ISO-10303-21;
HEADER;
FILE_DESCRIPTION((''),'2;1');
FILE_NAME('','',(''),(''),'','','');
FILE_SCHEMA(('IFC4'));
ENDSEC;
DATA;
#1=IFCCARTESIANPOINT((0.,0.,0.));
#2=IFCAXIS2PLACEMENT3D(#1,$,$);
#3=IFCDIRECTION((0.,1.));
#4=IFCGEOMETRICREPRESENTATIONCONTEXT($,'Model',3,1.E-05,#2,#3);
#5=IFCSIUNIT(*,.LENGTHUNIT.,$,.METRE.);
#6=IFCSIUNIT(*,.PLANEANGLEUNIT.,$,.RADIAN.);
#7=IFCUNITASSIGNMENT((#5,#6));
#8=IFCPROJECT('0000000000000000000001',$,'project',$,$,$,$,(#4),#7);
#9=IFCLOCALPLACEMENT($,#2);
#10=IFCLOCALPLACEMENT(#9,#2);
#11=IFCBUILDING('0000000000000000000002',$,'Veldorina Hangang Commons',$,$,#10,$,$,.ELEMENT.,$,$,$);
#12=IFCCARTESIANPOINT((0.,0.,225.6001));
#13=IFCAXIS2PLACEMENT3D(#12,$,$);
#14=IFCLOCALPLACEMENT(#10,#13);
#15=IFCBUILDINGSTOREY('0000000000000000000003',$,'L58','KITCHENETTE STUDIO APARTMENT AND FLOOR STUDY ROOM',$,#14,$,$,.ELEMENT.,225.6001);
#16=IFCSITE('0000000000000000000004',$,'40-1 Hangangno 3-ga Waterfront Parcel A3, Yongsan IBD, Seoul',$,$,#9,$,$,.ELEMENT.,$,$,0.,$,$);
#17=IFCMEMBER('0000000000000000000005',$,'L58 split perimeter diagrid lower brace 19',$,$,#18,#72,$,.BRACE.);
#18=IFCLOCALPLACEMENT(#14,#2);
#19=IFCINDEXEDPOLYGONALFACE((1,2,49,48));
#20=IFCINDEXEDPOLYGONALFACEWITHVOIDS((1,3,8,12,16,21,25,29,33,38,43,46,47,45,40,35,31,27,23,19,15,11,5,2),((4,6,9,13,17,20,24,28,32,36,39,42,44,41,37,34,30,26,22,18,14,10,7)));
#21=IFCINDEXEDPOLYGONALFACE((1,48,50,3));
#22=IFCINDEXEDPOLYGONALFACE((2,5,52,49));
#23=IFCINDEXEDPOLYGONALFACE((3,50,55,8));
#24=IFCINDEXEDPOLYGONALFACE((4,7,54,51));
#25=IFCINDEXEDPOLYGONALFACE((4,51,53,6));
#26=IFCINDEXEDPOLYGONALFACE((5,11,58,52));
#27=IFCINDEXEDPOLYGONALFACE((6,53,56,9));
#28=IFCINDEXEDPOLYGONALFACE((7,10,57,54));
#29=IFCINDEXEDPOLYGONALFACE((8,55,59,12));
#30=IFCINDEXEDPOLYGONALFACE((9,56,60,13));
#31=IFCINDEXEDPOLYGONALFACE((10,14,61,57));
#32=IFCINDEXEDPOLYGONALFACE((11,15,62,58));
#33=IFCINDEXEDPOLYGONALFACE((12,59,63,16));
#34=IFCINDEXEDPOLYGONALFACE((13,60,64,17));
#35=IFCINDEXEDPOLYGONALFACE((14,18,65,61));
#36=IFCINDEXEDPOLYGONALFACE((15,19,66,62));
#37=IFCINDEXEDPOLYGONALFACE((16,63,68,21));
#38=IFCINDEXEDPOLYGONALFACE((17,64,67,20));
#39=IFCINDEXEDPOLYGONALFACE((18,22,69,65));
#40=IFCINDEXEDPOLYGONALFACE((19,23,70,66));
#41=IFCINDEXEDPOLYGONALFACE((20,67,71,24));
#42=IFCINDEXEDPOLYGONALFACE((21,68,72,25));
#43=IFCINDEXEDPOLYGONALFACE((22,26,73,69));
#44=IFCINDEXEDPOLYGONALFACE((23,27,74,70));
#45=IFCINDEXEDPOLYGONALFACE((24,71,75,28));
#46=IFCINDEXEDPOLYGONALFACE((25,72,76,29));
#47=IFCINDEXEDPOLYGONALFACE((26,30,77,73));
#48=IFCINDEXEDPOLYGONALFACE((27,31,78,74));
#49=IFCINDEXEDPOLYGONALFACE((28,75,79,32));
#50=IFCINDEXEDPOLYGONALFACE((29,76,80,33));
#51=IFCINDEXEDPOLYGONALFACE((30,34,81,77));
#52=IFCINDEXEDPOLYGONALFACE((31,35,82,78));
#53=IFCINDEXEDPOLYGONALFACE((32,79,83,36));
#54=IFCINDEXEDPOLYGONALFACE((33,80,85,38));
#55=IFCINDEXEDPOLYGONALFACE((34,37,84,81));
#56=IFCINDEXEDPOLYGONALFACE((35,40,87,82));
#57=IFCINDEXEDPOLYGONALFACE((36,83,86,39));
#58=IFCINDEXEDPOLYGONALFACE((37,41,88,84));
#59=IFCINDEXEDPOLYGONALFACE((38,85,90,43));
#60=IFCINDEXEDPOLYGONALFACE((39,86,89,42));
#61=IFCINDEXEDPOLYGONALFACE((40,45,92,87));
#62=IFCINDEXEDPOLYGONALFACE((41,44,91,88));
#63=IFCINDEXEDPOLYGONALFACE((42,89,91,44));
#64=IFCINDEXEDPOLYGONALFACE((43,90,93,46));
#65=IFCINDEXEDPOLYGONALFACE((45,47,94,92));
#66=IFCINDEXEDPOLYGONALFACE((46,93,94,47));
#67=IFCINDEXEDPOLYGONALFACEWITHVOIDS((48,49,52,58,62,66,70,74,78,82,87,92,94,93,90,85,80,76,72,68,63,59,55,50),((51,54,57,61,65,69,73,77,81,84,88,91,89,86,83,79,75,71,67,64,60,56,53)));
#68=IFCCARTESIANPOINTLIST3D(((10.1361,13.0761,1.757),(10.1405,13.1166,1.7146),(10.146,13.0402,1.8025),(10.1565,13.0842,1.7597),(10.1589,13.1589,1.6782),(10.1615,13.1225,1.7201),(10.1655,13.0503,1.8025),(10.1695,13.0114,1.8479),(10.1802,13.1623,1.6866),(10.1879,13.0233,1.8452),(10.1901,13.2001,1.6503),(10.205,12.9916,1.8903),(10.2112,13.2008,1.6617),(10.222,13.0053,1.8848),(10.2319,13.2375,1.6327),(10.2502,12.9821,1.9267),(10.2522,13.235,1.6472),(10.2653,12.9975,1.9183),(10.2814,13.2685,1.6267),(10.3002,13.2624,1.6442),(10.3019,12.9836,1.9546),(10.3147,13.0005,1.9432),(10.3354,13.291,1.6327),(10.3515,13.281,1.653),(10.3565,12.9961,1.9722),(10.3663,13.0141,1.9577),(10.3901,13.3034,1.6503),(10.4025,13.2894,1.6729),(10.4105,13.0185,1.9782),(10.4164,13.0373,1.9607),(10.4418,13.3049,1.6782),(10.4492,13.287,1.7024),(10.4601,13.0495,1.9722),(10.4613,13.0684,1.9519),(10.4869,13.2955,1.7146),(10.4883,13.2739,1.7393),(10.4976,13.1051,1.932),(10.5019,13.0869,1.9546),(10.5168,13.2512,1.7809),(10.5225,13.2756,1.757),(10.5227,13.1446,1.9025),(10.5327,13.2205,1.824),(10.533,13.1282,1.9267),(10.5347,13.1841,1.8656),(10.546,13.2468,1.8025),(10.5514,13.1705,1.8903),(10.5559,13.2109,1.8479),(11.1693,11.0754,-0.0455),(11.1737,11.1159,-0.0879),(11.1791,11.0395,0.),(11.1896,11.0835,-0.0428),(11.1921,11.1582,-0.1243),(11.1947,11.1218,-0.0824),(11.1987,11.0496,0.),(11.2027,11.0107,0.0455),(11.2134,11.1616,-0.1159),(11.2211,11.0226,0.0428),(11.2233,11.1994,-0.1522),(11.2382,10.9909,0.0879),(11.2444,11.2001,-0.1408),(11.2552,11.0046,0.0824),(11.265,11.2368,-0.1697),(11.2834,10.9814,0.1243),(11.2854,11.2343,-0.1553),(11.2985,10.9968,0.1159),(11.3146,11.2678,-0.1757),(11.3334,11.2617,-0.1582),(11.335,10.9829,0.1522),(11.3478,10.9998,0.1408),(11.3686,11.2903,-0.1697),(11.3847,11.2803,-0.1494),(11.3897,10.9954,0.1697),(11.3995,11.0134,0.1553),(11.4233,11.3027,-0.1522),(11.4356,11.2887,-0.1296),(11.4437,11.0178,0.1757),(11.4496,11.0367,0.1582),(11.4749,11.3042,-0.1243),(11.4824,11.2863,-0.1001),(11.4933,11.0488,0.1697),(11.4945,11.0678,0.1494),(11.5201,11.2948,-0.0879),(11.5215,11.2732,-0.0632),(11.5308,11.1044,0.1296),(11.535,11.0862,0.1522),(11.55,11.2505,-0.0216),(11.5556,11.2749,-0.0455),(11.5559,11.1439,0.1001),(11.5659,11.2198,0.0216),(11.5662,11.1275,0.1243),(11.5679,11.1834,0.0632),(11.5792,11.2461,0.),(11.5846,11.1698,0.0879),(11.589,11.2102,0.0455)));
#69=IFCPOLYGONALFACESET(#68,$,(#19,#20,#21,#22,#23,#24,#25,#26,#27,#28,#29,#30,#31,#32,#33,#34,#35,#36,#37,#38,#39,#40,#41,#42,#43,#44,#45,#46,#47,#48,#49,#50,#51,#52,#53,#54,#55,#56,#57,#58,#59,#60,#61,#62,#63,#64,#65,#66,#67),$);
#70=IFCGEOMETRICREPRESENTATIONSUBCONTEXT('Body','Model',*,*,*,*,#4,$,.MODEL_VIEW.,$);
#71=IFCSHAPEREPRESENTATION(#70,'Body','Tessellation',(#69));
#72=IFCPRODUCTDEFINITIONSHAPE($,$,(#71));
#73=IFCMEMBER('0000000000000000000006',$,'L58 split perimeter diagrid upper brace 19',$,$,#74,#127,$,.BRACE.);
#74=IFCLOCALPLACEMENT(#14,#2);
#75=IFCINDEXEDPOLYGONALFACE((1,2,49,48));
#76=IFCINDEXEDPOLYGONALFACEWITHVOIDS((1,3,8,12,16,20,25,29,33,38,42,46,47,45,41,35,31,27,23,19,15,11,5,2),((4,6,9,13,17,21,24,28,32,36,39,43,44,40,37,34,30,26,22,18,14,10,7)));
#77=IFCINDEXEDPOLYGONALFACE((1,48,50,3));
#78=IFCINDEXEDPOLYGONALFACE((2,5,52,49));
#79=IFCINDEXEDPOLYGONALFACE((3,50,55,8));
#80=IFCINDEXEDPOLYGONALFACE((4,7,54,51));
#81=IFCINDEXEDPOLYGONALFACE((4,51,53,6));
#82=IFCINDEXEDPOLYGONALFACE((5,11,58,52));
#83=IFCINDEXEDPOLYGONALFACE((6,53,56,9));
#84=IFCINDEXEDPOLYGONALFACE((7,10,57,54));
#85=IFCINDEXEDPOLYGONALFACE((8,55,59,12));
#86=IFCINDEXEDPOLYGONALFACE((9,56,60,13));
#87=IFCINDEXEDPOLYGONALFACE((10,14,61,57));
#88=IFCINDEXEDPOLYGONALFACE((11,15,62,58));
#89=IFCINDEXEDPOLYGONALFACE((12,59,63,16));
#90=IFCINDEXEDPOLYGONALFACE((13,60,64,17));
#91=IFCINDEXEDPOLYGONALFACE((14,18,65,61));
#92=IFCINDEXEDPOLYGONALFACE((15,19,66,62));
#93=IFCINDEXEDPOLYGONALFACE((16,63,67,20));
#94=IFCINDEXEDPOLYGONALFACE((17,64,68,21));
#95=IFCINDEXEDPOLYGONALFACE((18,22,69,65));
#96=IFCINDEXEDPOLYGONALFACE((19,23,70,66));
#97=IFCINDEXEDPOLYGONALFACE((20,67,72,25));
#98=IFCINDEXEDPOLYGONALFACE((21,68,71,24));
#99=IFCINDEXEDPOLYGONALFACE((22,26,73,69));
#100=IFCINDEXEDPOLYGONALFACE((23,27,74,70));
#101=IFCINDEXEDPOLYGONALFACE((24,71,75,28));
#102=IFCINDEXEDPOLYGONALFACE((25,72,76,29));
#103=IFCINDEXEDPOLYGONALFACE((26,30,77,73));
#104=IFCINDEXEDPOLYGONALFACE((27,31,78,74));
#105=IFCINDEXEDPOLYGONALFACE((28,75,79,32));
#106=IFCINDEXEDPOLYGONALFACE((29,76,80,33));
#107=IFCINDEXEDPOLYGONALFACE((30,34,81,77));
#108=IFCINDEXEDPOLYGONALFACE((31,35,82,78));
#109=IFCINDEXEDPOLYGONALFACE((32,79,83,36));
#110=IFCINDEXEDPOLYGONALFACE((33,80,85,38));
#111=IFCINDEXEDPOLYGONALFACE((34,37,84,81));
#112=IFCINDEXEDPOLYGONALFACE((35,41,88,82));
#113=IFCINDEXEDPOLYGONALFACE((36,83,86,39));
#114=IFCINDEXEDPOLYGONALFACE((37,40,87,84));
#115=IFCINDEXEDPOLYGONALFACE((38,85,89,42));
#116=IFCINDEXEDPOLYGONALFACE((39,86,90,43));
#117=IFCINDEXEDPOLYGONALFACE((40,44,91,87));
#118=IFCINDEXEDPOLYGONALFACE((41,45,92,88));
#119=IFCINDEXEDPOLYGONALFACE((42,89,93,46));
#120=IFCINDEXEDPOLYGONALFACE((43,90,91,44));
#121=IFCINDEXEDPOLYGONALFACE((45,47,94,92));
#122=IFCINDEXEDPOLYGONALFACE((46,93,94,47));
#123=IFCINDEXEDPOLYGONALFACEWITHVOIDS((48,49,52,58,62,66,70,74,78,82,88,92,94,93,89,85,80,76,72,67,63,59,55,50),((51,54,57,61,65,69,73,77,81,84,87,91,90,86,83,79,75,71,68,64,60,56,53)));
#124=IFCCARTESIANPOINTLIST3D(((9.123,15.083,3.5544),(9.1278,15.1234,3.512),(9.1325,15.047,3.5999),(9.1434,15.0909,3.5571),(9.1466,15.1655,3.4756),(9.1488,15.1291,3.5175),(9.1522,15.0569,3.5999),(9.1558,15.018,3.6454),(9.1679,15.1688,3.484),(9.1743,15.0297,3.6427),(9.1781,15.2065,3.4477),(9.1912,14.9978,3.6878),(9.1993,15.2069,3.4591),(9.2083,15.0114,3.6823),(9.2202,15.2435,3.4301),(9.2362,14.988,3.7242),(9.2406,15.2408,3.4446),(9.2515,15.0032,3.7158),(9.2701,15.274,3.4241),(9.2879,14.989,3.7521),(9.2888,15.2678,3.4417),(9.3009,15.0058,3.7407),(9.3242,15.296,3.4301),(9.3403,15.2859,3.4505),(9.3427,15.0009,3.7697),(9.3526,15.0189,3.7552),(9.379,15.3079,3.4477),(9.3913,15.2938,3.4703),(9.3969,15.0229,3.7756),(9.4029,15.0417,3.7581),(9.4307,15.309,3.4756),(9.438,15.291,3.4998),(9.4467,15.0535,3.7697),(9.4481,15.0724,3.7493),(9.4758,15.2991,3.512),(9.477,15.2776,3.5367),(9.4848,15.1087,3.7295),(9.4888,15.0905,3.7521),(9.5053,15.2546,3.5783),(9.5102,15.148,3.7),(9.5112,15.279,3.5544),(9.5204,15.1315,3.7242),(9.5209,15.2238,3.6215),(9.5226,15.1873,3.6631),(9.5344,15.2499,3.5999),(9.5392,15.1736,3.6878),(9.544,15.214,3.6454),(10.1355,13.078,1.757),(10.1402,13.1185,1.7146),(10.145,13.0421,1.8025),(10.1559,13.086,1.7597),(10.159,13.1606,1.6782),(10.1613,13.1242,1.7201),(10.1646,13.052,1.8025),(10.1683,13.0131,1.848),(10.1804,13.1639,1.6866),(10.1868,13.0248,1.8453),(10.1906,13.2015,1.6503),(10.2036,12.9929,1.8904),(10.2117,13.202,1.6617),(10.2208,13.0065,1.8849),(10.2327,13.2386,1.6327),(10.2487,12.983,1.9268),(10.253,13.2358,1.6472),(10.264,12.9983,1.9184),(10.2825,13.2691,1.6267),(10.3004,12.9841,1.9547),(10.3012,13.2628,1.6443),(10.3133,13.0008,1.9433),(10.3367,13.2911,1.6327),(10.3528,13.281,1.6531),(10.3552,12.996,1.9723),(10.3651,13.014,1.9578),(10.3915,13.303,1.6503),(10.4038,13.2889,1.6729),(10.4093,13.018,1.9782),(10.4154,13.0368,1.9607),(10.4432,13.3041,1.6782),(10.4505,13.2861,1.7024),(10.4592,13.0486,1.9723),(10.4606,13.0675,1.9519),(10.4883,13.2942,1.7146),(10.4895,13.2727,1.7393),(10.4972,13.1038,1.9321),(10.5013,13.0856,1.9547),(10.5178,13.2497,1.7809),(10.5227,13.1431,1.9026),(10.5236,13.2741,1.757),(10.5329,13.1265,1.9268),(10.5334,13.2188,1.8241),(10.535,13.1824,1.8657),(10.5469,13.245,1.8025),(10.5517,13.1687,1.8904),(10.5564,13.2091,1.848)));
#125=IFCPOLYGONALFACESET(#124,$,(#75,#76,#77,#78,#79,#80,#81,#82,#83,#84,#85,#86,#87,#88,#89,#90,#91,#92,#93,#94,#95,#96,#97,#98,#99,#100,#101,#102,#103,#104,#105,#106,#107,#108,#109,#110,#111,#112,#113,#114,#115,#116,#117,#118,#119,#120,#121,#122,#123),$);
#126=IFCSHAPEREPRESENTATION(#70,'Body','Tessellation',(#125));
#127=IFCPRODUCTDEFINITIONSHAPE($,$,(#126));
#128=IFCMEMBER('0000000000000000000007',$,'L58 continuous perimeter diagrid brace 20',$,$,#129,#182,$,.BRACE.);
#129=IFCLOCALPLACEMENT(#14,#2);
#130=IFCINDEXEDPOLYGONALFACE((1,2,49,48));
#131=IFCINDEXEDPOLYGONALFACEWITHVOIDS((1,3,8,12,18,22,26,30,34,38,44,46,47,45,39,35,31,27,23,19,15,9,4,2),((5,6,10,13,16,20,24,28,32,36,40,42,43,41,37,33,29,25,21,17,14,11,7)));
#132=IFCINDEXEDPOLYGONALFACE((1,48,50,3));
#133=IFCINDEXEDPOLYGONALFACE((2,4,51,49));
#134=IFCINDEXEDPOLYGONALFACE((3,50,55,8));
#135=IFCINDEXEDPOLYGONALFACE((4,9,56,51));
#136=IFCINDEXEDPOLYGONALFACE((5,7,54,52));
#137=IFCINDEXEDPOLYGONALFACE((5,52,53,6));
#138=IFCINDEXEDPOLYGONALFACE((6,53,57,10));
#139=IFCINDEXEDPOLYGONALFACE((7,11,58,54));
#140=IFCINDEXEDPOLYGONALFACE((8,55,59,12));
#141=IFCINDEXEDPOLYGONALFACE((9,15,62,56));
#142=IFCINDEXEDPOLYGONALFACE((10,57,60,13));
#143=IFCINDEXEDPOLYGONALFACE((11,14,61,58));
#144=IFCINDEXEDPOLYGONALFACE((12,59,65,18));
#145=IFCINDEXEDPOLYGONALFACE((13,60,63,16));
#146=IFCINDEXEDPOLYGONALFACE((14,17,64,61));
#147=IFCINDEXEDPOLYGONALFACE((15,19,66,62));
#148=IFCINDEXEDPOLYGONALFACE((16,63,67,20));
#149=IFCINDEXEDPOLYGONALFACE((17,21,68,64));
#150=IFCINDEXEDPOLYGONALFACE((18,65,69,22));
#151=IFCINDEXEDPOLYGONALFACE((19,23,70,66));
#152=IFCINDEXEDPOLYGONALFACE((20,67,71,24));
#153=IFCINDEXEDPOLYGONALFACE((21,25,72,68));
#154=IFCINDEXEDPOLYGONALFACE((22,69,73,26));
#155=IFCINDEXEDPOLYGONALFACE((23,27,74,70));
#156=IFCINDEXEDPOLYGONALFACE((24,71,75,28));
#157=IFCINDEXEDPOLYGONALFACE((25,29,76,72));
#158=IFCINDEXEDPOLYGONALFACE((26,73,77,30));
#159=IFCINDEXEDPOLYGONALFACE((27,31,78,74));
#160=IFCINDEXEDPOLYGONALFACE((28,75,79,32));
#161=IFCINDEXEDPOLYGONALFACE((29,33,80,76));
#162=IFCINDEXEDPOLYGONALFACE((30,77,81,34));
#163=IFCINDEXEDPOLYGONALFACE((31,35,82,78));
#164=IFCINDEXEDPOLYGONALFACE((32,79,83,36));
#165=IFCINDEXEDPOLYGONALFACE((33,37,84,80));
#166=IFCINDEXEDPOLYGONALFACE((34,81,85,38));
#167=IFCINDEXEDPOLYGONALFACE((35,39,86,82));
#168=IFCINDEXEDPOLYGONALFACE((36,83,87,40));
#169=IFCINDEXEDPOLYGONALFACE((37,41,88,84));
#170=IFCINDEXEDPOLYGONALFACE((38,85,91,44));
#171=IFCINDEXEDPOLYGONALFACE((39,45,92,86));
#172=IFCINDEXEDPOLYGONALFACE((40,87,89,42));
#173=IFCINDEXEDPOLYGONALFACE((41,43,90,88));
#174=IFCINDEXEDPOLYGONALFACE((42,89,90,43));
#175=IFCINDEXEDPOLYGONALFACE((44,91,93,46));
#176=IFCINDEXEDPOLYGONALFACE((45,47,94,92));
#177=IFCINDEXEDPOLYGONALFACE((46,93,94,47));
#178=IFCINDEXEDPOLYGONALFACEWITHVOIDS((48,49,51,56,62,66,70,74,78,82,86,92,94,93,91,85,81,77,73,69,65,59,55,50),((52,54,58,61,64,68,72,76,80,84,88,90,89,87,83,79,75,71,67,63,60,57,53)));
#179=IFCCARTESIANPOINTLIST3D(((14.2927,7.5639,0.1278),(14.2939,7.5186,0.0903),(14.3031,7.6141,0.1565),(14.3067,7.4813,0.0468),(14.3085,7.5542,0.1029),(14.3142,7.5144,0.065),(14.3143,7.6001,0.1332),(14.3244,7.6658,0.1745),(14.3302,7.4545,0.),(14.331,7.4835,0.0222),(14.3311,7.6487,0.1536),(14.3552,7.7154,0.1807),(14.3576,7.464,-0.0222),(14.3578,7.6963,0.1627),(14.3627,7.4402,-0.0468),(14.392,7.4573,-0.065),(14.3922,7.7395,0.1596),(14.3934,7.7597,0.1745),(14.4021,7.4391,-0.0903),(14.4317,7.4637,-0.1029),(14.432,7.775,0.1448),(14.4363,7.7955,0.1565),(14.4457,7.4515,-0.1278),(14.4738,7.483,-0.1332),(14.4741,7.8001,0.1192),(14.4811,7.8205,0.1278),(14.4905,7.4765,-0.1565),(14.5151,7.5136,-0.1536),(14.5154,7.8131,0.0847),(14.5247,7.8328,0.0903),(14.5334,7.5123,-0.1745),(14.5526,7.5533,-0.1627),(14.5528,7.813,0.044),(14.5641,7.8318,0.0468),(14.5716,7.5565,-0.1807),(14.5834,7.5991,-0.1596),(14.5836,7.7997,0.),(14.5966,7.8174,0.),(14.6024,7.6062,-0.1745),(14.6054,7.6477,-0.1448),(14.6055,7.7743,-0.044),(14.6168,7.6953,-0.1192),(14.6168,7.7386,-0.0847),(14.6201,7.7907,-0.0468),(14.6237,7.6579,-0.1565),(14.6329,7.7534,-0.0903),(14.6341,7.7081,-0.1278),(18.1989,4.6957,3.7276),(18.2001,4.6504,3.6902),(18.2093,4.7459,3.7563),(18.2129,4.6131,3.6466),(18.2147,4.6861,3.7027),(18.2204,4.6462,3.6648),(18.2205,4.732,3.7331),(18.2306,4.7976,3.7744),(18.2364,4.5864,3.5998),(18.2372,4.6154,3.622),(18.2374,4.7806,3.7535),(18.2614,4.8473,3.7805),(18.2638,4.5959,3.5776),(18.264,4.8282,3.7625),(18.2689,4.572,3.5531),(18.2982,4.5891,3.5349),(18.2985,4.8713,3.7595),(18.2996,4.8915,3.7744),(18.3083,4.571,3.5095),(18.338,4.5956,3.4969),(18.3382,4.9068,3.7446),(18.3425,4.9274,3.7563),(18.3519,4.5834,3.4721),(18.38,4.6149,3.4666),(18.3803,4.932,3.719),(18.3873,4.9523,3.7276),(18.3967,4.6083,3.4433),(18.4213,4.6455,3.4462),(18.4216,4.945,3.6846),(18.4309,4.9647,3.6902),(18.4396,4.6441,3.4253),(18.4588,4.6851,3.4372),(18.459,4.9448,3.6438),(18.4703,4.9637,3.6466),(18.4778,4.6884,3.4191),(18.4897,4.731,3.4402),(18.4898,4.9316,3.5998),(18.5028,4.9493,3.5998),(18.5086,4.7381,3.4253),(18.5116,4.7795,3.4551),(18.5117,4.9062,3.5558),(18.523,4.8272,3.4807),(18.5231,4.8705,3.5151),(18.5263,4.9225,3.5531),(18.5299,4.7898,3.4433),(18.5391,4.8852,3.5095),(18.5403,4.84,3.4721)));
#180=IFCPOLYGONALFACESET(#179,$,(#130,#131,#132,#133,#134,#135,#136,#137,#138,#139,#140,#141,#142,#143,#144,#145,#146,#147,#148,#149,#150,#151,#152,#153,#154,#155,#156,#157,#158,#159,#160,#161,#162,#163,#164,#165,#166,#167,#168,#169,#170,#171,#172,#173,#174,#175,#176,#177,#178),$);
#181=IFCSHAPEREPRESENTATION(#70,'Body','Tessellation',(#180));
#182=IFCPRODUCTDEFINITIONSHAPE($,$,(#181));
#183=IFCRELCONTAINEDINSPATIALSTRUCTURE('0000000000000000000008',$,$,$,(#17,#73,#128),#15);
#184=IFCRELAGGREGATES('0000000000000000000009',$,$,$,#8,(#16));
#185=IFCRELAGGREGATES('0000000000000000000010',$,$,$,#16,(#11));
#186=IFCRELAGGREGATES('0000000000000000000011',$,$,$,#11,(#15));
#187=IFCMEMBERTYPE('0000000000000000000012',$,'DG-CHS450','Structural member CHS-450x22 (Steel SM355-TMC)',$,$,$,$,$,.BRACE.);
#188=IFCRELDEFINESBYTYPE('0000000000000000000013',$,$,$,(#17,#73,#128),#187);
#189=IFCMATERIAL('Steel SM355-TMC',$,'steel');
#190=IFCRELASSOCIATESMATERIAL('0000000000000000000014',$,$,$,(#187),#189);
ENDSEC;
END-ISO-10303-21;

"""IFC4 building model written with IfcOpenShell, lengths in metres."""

from ifc_helpers import new_model, si_unit, direction, frame, origin, origin_2d, place, context, subcontext, project, spatial, hollow_circle, extrude, material, material_profile, profile_set, type_object, element, save


model = new_model("IFC4")

# Units and contexts
model_context = context("Model", 3, precision=1e-05, world=origin(), true_north=direction((0.0, 1.0)))
body_context = subcontext(model_context, "Body", "Model", "MODEL_VIEW")
ifc_project = project(units=[si_unit("LENGTHUNIT", "METRE"), si_unit("PLANEANGLEUNIT", "RADIAN")], contexts=[model_context])

# Site, building, storey
site_placement = place(None, origin())
site = spatial("IfcSite", under=ifc_project, at=site_placement, Name="40-1 Hangangno 3-ga Waterfront Parcel A3, Yongsan IBD, Seoul", CompositionType="ELEMENT", RefElevation=0.0)
building_placement = place(site_placement, origin())
building = spatial("IfcBuilding", under=site, at=building_placement, Name="Veldorina Hangang Commons", CompositionType="ELEMENT")
storey_placement = place(building_placement, frame((0.0, 0.0, 225.6001)))
storey = spatial("IfcBuildingStorey", under=building, at=storey_placement, Name="L58", Description="KITCHENETTE STUDIO APARTMENT AND FLOOR STUDY ROOM", CompositionType="ELEMENT", Elevation=225.6001)

# Shared definitions
ifc_material_1 = material(Name="Steel SM355-TMC", Category="steel")

# Members
ifc_material_profile_1 = material_profile(ifc_material_1, hollow_circle(Radius=0.2251, WallThickness=0.022, at=origin_2d()), Name="CHS-450x22")
ifc_profile_set_1 = profile_set([ifc_material_profile_1], Name="Steel SM355-TMC")
member_type_1 = type_object("IfcMemberType", Name="DG-CHS450", Description="Structural member CHS-450x22 (Steel SM355-TMC)", PredefinedType="BRACE", material=ifc_profile_set_1)
member_1_placement = place(storey_placement, frame((11.3792, 11.1428, 0.0), z_axis=(-0.358211, 0.693654, 0.624923), x_axis=(-0.888518, -0.458842, 0.0)))
element("IfcMember", 1, at=member_1_placement, inside=storey, type_object=member_type_1, Name="L58 split perimeter diagrid lower brace 19", PredefinedType="BRACE", context=body_context, shape_type="SweptSolid", body=[
    extrude(hollow_circle(Radius=0.2251, WallThickness=0.022, at=origin_2d()), origin(), (0.0, 0.0, 1.0), 2.8843),
])
member_2_placement = place(storey_placement, frame((10.3459, 13.1436, 1.8025), z_axis=(-0.351955, 0.69695, 0.624811), x_axis=(-0.892637, -0.450775, 0.0)))
element("IfcMember", 2, at=member_2_placement, inside=storey, type_object=member_type_1, Name="L58 split perimeter diagrid upper brace 19", PredefinedType="BRACE", context=body_context, shape_type="SweptSolid", body=[
    extrude(hollow_circle(Radius=0.2251, WallThickness=0.022, at=origin_2d()), origin(), (0.0, 0.0, 1.0), 2.8767),
])
member_3_placement = place(storey_placement, frame((14.4634, 7.636, 0.0), z_axis=(0.647063, -0.475106, 0.596309), x_axis=(0.591844, 0.806052, 0.0)))
element("IfcMember", 3, at=member_3_placement, inside=storey, type_object=member_type_1, Name="L58 continuous perimeter diagrid brace 20", PredefinedType="BRACE", context=body_context, shape_type="SweptSolid", body=[
    extrude(hollow_circle(Radius=0.2251, WallThickness=0.022, at=origin_2d()), origin(), (0.0, 0.0, 1.0), 6.0369),
])

save(model, "model.ifc")
